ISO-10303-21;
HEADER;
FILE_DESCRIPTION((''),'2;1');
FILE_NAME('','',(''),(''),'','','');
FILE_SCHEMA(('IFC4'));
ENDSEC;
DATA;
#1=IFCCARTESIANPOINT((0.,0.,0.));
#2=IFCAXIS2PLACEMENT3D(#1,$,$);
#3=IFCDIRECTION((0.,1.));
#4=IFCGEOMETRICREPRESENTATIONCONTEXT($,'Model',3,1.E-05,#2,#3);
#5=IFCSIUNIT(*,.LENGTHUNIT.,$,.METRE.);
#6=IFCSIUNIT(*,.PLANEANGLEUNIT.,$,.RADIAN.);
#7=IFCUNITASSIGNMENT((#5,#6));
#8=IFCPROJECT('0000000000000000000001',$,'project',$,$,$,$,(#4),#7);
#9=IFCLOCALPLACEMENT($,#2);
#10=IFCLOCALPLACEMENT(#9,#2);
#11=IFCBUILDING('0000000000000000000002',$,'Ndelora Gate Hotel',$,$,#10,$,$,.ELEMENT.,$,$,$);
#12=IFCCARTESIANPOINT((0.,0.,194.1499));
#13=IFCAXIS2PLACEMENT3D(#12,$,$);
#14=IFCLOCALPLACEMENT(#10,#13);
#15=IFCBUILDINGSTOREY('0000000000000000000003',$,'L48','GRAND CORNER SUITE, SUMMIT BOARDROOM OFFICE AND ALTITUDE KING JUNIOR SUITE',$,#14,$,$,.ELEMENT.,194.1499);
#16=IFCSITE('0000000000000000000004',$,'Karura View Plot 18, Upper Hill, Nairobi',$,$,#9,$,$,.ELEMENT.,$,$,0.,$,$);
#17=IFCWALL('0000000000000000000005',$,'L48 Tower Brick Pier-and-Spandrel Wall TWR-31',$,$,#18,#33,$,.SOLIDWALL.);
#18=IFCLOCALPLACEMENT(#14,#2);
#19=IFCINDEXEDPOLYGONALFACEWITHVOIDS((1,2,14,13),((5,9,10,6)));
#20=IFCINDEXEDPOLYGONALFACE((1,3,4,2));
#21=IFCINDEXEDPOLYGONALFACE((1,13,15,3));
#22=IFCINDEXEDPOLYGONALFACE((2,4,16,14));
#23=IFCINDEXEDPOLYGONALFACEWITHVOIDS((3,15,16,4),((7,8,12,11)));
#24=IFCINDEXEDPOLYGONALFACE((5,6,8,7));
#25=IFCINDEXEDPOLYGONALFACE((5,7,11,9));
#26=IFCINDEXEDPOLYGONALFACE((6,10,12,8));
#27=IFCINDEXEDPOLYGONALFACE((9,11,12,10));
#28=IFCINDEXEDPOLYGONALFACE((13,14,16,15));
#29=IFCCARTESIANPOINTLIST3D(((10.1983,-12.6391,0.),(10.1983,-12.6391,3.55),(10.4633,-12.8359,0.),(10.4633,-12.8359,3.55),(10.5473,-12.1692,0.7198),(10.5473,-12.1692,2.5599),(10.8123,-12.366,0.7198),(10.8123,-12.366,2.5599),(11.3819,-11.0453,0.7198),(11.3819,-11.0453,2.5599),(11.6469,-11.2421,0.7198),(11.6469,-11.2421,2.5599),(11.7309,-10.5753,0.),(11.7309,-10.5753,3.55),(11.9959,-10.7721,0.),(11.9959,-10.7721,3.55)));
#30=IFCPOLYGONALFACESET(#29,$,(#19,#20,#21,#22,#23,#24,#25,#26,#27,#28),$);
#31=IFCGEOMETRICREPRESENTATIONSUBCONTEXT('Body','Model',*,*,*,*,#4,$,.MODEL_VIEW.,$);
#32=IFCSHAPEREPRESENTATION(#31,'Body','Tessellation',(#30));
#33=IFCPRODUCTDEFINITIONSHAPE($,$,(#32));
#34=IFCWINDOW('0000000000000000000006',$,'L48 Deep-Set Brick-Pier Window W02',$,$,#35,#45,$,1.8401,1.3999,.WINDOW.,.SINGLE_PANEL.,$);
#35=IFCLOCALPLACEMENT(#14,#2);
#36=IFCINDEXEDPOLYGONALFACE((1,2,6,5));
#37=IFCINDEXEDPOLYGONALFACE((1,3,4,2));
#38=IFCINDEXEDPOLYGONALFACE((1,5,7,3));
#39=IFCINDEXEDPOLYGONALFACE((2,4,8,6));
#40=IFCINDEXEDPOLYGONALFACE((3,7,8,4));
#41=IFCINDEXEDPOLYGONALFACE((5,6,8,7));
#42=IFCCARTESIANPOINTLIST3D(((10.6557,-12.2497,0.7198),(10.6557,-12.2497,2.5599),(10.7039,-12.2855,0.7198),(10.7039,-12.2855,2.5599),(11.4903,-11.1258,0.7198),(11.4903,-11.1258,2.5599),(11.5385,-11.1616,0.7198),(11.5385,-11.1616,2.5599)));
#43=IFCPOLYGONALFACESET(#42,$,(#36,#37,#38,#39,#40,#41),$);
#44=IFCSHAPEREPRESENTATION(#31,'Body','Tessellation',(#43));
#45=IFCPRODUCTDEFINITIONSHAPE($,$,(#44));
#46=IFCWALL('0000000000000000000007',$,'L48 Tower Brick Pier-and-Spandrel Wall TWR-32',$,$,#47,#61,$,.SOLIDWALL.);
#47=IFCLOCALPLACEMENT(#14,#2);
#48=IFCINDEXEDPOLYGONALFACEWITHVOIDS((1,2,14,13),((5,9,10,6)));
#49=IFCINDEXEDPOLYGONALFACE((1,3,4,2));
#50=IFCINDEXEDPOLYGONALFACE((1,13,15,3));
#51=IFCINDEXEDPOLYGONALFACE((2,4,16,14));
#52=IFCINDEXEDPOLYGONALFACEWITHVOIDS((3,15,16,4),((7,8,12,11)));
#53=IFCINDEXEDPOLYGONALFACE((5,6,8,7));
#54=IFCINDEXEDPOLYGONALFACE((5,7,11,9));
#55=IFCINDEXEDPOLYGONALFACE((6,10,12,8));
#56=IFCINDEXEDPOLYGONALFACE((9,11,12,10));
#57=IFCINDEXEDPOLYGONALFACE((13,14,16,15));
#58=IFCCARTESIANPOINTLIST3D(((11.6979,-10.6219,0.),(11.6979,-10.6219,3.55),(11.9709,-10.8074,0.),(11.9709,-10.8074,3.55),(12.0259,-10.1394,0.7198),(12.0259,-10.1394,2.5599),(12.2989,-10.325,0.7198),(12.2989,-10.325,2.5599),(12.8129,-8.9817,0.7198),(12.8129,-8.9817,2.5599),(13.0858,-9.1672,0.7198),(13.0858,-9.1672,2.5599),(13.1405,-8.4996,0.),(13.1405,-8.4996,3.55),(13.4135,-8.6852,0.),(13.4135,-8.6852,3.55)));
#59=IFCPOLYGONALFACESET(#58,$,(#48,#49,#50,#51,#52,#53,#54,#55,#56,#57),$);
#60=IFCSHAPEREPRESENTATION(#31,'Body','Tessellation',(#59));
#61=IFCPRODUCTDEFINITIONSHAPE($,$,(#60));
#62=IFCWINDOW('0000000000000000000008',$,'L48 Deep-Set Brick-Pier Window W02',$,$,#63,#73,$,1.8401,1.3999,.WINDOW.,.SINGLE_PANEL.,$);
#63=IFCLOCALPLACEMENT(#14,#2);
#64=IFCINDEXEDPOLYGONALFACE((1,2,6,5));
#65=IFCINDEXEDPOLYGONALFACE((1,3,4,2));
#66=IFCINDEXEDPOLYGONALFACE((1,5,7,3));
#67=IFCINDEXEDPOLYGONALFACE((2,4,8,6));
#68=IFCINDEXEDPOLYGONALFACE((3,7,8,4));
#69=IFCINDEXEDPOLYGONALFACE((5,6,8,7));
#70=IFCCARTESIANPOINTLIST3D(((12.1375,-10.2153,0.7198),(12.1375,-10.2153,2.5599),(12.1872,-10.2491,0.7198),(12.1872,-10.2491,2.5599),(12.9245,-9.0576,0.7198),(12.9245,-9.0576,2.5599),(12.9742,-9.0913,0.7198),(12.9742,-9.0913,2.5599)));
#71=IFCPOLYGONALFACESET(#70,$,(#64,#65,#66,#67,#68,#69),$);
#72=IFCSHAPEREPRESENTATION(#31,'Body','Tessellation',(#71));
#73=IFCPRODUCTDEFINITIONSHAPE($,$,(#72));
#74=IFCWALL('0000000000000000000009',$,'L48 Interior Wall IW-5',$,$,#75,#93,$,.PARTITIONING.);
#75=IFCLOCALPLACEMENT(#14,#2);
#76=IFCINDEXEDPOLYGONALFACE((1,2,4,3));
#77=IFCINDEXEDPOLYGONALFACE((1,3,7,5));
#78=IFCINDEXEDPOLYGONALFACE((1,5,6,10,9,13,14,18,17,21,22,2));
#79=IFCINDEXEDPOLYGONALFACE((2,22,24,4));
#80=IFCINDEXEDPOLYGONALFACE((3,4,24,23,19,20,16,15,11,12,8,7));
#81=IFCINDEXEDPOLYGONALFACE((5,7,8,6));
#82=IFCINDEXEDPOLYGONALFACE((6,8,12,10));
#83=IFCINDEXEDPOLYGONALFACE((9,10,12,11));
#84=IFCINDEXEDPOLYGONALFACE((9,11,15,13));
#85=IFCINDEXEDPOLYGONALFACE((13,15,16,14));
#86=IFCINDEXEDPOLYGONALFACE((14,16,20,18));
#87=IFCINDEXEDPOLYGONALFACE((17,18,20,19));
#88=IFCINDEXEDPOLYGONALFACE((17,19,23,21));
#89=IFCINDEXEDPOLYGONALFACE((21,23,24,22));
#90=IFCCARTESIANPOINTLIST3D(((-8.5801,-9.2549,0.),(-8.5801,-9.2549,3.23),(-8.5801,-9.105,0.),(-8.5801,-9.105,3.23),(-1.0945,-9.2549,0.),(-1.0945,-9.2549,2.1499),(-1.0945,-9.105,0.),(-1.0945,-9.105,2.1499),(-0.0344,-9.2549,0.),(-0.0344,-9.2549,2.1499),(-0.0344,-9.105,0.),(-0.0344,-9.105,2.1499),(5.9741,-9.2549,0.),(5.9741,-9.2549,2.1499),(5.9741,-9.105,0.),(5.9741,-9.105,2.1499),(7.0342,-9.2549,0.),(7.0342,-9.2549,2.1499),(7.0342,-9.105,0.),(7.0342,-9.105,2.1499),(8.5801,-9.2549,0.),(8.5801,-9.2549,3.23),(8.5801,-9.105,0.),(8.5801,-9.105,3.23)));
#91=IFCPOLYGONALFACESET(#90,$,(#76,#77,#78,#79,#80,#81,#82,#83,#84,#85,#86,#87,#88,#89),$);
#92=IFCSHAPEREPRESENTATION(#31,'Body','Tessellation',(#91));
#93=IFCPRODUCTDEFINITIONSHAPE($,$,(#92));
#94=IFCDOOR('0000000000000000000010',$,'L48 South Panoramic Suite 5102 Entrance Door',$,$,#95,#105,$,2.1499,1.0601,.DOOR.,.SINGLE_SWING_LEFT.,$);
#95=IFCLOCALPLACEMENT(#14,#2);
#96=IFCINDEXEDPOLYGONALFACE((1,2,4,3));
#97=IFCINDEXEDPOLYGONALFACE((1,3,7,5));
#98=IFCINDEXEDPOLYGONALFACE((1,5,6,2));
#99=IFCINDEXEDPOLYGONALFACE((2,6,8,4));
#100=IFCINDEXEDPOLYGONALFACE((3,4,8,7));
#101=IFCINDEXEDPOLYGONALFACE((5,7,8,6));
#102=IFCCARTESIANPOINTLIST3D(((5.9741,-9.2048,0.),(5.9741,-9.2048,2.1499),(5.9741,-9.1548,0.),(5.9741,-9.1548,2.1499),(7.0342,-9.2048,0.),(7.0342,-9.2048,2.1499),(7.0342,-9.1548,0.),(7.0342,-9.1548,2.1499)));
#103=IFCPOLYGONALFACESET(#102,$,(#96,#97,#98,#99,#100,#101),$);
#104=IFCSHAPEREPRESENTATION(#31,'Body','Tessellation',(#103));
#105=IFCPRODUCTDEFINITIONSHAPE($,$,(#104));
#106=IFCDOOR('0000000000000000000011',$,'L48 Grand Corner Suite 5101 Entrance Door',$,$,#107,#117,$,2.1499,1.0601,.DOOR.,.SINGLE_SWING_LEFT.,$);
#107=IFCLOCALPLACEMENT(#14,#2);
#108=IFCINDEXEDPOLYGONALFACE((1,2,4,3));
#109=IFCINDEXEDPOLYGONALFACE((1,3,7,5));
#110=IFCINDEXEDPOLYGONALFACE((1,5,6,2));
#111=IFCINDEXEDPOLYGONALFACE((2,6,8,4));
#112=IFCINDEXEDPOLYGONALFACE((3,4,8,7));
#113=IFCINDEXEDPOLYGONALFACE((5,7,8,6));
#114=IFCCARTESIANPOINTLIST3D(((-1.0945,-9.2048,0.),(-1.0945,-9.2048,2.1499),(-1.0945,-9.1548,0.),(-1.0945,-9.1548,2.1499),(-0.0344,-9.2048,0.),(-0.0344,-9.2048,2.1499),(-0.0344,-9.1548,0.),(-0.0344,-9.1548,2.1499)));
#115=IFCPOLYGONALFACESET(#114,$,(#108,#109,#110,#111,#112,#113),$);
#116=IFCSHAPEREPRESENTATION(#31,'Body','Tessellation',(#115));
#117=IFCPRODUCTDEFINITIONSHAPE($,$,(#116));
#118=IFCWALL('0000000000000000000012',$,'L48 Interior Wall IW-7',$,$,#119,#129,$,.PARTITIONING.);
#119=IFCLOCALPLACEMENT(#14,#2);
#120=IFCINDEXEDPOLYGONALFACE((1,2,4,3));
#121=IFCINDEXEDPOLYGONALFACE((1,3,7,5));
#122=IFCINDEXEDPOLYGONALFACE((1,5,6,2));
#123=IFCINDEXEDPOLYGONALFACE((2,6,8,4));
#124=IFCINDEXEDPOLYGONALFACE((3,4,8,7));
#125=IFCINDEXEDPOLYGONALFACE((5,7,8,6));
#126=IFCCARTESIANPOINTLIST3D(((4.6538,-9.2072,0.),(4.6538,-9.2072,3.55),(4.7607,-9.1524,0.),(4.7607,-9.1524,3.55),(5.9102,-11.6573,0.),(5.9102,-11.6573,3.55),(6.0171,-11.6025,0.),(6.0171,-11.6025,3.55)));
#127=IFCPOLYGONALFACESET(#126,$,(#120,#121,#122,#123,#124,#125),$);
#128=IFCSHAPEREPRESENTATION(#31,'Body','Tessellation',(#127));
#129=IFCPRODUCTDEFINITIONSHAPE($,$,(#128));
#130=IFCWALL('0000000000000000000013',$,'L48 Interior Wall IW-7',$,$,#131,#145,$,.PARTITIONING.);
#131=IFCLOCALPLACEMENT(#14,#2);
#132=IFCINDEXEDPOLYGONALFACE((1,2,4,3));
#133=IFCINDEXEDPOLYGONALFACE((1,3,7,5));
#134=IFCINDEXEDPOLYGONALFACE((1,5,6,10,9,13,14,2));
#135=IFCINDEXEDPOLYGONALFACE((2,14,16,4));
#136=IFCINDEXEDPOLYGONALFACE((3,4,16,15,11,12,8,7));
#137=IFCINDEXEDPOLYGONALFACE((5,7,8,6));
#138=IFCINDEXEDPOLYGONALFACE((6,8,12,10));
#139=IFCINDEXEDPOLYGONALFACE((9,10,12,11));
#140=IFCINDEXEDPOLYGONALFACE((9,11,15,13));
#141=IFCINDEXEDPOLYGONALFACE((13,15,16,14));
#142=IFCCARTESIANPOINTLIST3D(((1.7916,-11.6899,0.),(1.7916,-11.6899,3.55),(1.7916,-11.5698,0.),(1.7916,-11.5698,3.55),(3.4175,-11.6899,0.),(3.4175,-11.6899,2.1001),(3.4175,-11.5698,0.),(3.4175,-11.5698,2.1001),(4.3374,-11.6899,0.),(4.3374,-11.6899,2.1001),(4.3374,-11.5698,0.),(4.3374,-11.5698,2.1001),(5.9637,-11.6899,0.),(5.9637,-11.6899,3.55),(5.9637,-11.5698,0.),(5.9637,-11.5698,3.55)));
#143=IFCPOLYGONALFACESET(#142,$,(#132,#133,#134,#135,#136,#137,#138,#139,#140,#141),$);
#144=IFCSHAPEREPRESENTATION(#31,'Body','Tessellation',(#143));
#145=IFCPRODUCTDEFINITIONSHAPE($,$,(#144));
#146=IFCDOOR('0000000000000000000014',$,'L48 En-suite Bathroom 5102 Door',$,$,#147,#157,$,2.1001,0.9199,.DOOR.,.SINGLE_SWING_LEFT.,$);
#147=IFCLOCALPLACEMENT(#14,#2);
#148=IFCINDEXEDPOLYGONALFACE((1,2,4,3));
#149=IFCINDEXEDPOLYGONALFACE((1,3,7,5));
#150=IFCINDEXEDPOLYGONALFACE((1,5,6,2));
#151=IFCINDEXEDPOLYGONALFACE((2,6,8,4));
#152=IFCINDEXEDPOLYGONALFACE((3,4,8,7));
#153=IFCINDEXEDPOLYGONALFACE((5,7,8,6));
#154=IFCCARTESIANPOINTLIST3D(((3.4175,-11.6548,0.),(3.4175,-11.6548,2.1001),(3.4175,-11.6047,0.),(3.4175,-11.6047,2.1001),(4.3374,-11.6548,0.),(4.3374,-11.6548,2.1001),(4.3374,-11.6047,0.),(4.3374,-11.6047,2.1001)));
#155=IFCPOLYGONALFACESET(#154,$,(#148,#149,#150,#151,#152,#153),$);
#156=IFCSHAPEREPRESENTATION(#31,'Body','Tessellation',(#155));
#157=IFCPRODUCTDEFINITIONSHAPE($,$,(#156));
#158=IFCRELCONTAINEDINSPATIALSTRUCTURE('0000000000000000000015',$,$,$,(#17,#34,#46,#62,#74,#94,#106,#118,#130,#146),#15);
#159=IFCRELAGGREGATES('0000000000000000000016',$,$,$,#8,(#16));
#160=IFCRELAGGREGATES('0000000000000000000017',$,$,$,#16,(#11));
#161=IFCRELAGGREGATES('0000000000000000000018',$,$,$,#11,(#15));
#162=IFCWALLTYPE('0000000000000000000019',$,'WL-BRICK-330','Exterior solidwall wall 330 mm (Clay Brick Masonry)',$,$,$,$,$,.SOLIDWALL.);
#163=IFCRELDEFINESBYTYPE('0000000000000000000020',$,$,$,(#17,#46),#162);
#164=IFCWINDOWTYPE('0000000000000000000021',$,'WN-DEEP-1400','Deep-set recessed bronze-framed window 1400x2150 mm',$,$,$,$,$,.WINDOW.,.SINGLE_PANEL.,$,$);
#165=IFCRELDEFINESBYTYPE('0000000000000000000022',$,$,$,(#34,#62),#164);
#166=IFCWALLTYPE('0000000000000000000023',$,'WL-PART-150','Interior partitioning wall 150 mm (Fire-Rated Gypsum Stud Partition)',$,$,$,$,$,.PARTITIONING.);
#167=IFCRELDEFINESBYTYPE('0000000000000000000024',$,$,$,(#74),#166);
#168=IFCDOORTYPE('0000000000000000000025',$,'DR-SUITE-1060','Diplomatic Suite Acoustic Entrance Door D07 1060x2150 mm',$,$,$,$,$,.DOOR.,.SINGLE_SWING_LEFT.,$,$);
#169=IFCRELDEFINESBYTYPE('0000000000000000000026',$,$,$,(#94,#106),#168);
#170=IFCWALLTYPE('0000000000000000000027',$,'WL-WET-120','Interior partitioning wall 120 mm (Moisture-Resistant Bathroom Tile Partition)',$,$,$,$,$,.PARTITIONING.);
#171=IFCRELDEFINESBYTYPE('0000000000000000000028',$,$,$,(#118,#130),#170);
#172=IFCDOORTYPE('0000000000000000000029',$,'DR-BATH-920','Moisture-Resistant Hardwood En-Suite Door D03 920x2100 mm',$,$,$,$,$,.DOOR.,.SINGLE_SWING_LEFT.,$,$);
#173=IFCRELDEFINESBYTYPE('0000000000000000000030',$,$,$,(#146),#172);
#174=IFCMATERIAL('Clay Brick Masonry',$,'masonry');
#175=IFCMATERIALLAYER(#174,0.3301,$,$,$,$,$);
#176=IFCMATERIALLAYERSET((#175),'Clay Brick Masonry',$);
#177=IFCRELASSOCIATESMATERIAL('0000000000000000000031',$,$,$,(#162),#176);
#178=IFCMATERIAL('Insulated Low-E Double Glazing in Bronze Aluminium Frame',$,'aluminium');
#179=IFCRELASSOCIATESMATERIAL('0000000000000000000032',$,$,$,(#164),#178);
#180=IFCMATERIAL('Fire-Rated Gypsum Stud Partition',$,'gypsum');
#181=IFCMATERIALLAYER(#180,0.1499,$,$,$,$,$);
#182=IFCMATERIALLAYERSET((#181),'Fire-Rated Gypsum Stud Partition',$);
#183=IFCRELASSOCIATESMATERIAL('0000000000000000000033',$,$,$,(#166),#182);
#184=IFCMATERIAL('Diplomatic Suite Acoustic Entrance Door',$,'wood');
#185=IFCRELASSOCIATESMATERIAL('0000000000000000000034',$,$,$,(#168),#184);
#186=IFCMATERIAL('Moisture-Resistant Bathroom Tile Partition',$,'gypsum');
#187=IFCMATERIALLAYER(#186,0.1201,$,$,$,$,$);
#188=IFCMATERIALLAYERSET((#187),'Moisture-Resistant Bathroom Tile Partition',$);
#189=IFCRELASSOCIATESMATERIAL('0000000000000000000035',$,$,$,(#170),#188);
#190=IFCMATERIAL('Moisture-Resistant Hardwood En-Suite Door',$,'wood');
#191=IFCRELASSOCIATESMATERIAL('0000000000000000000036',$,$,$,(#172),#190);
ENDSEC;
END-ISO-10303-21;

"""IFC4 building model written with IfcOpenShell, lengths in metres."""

from ifc_helpers import new_model, si_unit, direction, frame, frame_2d, origin, place, context, subcontext, project, spatial, rectangle, extrude, material, layer, layer_set, type_object, element, fill, save


model = new_model("IFC4")

# Units and contexts
model_context = context("Model", 3, precision=1e-05, world=origin(), true_north=direction((0.0, 1.0)))
body_context = subcontext(model_context, "Body", "Model", "MODEL_VIEW")
ifc_project = project(units=[si_unit("LENGTHUNIT", "METRE"), si_unit("PLANEANGLEUNIT", "RADIAN")], contexts=[model_context])

# Site, building, storey
site_placement = place(None, origin())
site = spatial("IfcSite", under=ifc_project, at=site_placement, Name="Karura View Plot 18, Upper Hill, Nairobi", CompositionType="ELEMENT", RefElevation=0.0)
building_placement = place(site_placement, origin())
building = spatial("IfcBuilding", under=site, at=building_placement, Name="Ndelora Gate Hotel", CompositionType="ELEMENT")
storey_placement = place(building_placement, frame((0.0, 0.0, 194.1499)))
storey = spatial("IfcBuildingStorey", under=building, at=storey_placement, Name="L48", Description="GRAND CORNER SUITE, SUMMIT BOARDROOM OFFICE AND ALTITUDE KING JUNIOR SUITE", CompositionType="ELEMENT", Elevation=194.1499)

# Walls, openings, windows
ifc_material_1 = material(Name="Clay Brick Masonry", Category="masonry")
ifc_layer_1 = layer(ifc_material_1, 0.3301)
ifc_layer_set_1 = layer_set([ifc_layer_1], Name="Clay Brick Masonry")
wall_type_1 = type_object("IfcWallType", Name="WL-BRICK-330", Description="Exterior solidwall wall 330 mm (Clay Brick Masonry)", PredefinedType="SOLIDWALL", material=ifc_layer_set_1)
ifc_material_2 = material(Name="Insulated Low-E Double Glazing in Bronze Aluminium Frame", Category="aluminium")
window_type = type_object("IfcWindowType", Name="WN-DEEP-1400", Description="Deep-set recessed bronze-framed window 1400x2150 mm", PartitioningType="SINGLE_PANEL", PredefinedType="WINDOW", material=ifc_material_2)
wall_1_placement = place(storey_placement, frame((11.8633, -10.6738, 0.0), z_axis=(0.0, 0.0, 1.0), x_axis=(-0.596179, -0.802852, 0.0)))
wall_1 = element("IfcWall", 1, at=wall_1_placement, inside=storey, type_object=wall_type_1, Name="L48 Tower Brick Pier-and-Spandrel Wall TWR-31", PredefinedType="SOLIDWALL", context=body_context, shape_type="SweptSolid", body=[
    extrude(rectangle(XDim=2.5706, YDim=0.3301, at=frame_2d((1.2852, 0.0))), origin(), (0.0, 0.0, 1.0), 3.55),
])
opening_1_placement = place(wall_1_placement, frame((0.5852, 0.0, 0.72)))
opening_1 = element("IfcOpeningElement", 2, at=opening_1_placement, cuts=wall_1, PredefinedType="OPENING", context=body_context, shape_type="SweptSolid", body=[
    extrude(rectangle(XDim=1.3999, YDim=1.8401, at=frame_2d((0.7, 0.9199))), frame((0.0, 0.175, 0.0), z_axis=(0.0, -1.0, 0.0), x_axis=(1.0, 0.0, 0.0)), (0.0, 0.0, 1.0), 0.3501),
])
window_1_placement = place(opening_1_placement, origin())
window_1 = element("IfcWindow", 3, at=window_1_placement, inside=storey, type_object=window_type, Name="L48 Deep-Set Brick-Pier Window W02", OverallHeight=1.8401, OverallWidth=1.3999, PartitioningType="SINGLE_PANEL", PredefinedType="WINDOW", context=body_context, shape_type="SweptSolid", body=[
    extrude(rectangle(XDim=1.3999, YDim=1.8401, at=frame_2d((0.7, 0.9199))), frame((0.0, 0.03, 0.0), z_axis=(0.0, -1.0, 0.0), x_axis=(1.0, 0.0, 0.0)), (0.0, 0.0, 1.0), 0.0601),
])
fill(opening_1, window_1)
wall_2_placement = place(storey_placement, frame((13.2771, -8.5923, 0.0), z_axis=(0.0, 0.0, 1.0), x_axis=(-0.562164, -0.827026, 0.0)))
wall_2 = element("IfcWall", 4, at=wall_2_placement, inside=storey, type_object=wall_type_1, Name="L48 Tower Brick Pier-and-Spandrel Wall TWR-32", PredefinedType="SOLIDWALL", context=body_context, shape_type="SweptSolid", body=[
    extrude(rectangle(XDim=2.5662, YDim=0.3301, at=frame_2d((1.2832, 0.0))), origin(), (0.0, 0.0, 1.0), 3.55),
])
opening_2_placement = place(wall_2_placement, frame((0.583, 0.0, 0.72)))
opening_2 = element("IfcOpeningElement", 5, at=opening_2_placement, cuts=wall_2, PredefinedType="OPENING", context=body_context, shape_type="SweptSolid", body=[
    extrude(rectangle(XDim=1.3999, YDim=1.8401, at=frame_2d((0.7, 0.9199))), frame((0.0, 0.175, 0.0), z_axis=(0.0, -1.0, 0.0), x_axis=(1.0, 0.0, 0.0)), (0.0, 0.0, 1.0), 0.3501),
])
window_2_placement = place(opening_2_placement, origin())
window_2 = element("IfcWindow", 6, at=window_2_placement, inside=storey, type_object=window_type, Name="L48 Deep-Set Brick-Pier Window W02", OverallHeight=1.8401, OverallWidth=1.3999, PartitioningType="SINGLE_PANEL", PredefinedType="WINDOW", context=body_context, shape_type="SweptSolid", body=[
    extrude(rectangle(XDim=1.3999, YDim=1.8401, at=frame_2d((0.7, 0.9199))), frame((0.0, 0.03, 0.0), z_axis=(0.0, -1.0, 0.0), x_axis=(1.0, 0.0, 0.0)), (0.0, 0.0, 1.0), 0.0601),
])
fill(opening_2, window_2)

# Wall, openings, doors
ifc_material_3 = material(Name="Fire-Rated Gypsum Stud Partition", Category="gypsum")
ifc_layer_2 = layer(ifc_material_3, 0.1499)
ifc_layer_set_2 = layer_set([ifc_layer_2], Name="Fire-Rated Gypsum Stud Partition")
wall_type_2 = type_object("IfcWallType", Name="WL-PART-150", Description="Interior partitioning wall 150 mm (Fire-Rated Gypsum Stud Partition)", PredefinedType="PARTITIONING", material=ifc_layer_set_2)
wall_3_placement = place(storey_placement, frame((8.5801, -9.1799, 0.0), z_axis=(0.0, 0.0, 1.0), x_axis=(-1.0, 0.0, 0.0)))
wall_3 = element("IfcWall", 7, at=wall_3_placement, inside=storey, type_object=wall_type_2, Name="L48 Interior Wall IW-5", PredefinedType="PARTITIONING", context=body_context, shape_type="SweptSolid", body=[
    extrude(rectangle(XDim=17.1602, YDim=0.1499, at=frame_2d((8.5801, 0.0))), origin(), (0.0, 0.0, 1.0), 3.23),
])
opening_3_placement = place(wall_3_placement, frame((1.5459, 0.0, 0.0)))
opening_3 = element("IfcOpeningElement", 8, at=opening_3_placement, cuts=wall_3, PredefinedType="OPENING", context=body_context, shape_type="SweptSolid", body=[
    extrude(rectangle(XDim=1.0601, YDim=2.1499, at=frame_2d((0.53, 1.075))), frame((0.0, 0.085, 0.0), z_axis=(0.0, -1.0, 0.0), x_axis=(1.0, 0.0, 0.0)), (0.0, 0.0, 1.0), 0.1699),
])
opening_4_placement = place(wall_3_placement, frame((8.6145, 0.0, 0.0)))
opening_4 = element("IfcOpeningElement", 9, at=opening_4_placement, cuts=wall_3, PredefinedType="OPENING", context=body_context, shape_type="SweptSolid", body=[
    extrude(rectangle(XDim=1.0601, YDim=2.1499, at=frame_2d((0.53, 1.075))), frame((0.0, 0.085, 0.0), z_axis=(0.0, -1.0, 0.0), x_axis=(1.0, 0.0, 0.0)), (0.0, 0.0, 1.0), 0.1699),
])
ifc_material_4 = material(Name="Diplomatic Suite Acoustic Entrance Door", Category="wood")
door_type_1 = type_object("IfcDoorType", Name="DR-SUITE-1060", Description="Diplomatic Suite Acoustic Entrance Door D07 1060x2150 mm", OperationType="SINGLE_SWING_LEFT", PredefinedType="DOOR", material=ifc_material_4)
door_1_placement = place(opening_3_placement, origin())
door_1 = element("IfcDoor", 10, at=door_1_placement, inside=storey, type_object=door_type_1, Name="L48 South Panoramic Suite 5102 Entrance Door", OperationType="SINGLE_SWING_LEFT", OverallHeight=2.1499, OverallWidth=1.0601, PredefinedType="DOOR", context=body_context, shape_type="SweptSolid", body=[
    extrude(rectangle(XDim=1.0601, YDim=2.1499, at=frame_2d((0.53, 1.075))), frame((0.0, 0.0249, 0.0), z_axis=(0.0, -1.0, 0.0), x_axis=(1.0, 0.0, 0.0)), (0.0, 0.0, 1.0), 0.05),
])
fill(opening_3, door_1)
door_2_placement = place(opening_4_placement, origin())
door_2 = element("IfcDoor", 11, at=door_2_placement, inside=storey, type_object=door_type_1, Name="L48 Grand Corner Suite 5101 Entrance Door", OperationType="SINGLE_SWING_LEFT", OverallHeight=2.1499, OverallWidth=1.0601, PredefinedType="DOOR", context=body_context, shape_type="SweptSolid", body=[
    extrude(rectangle(XDim=1.0601, YDim=2.1499, at=frame_2d((0.53, 1.075))), frame((0.0, 0.0249, 0.0), z_axis=(0.0, -1.0, 0.0), x_axis=(1.0, 0.0, 0.0)), (0.0, 0.0, 1.0), 0.05),
])
fill(opening_4, door_2)

# Wall
ifc_material_5 = material(Name="Moisture-Resistant Bathroom Tile Partition", Category="gypsum")
ifc_layer_3 = layer(ifc_material_5, 0.1201)
ifc_layer_set_3 = layer_set([ifc_layer_3], Name="Moisture-Resistant Bathroom Tile Partition")
wall_type_3 = type_object("IfcWallType", Name="WL-WET-120", Description="Interior partitioning wall 120 mm (Moisture-Resistant Bathroom Tile Partition)", PredefinedType="PARTITIONING", material=ifc_layer_set_3)
wall_4_placement = place(storey_placement, frame((5.9636, -11.6299, 0.0), z_axis=(0.0, 0.0, 1.0), x_axis=(-0.456306, 0.889823, 0.0)))
element("IfcWall", 12, at=wall_4_placement, inside=storey, type_object=wall_type_3, Name="L48 Interior Wall IW-7", PredefinedType="PARTITIONING", context=body_context, shape_type="SweptSolid", body=[
    extrude(rectangle(XDim=2.7534, YDim=0.1201, at=frame_2d((1.3767, 0.0))), origin(), (0.0, 0.0, 1.0), 3.55),
])

# Wall, opening, door
wall_5_placement = place(storey_placement, frame((5.9636, -11.6299, 0.0), z_axis=(0.0, 0.0, 1.0), x_axis=(-1.0, 0.0, 0.0)))
wall_5 = element("IfcWall", 13, at=wall_5_placement, inside=storey, type_object=wall_type_3, Name="L48 Interior Wall IW-7", PredefinedType="PARTITIONING", context=body_context, shape_type="SweptSolid", body=[
    extrude(rectangle(XDim=4.1721, YDim=0.1201, at=frame_2d((2.0859, 0.0))), origin(), (0.0, 0.0, 1.0), 3.55),
])
opening_5_placement = place(wall_5_placement, frame((1.6262, 0.0, 0.0)))
opening_5 = element("IfcOpeningElement", 14, at=opening_5_placement, cuts=wall_5, PredefinedType="OPENING", context=body_context, shape_type="SweptSolid", body=[
    extrude(rectangle(XDim=0.9199, YDim=2.1001, at=frame_2d((0.46, 1.05))), frame((0.0, 0.0701, 0.0), z_axis=(0.0, -1.0, 0.0), x_axis=(1.0, 0.0, 0.0)), (0.0, 0.0, 1.0), 0.1401),
])
ifc_material_6 = material(Name="Moisture-Resistant Hardwood En-Suite Door", Category="wood")
door_type_2 = type_object("IfcDoorType", Name="DR-BATH-920", Description="Moisture-Resistant Hardwood En-Suite Door D03 920x2100 mm", OperationType="SINGLE_SWING_LEFT", PredefinedType="DOOR", material=ifc_material_6)
door_3_placement = place(opening_5_placement, origin())
door_3 = element("IfcDoor", 15, at=door_3_placement, inside=storey, type_object=door_type_2, Name="L48 En-suite Bathroom 5102 Door", OperationType="SINGLE_SWING_LEFT", OverallHeight=2.1001, OverallWidth=0.9199, PredefinedType="DOOR", context=body_context, shape_type="SweptSolid", body=[
    extrude(rectangle(XDim=0.9199, YDim=2.1001, at=frame_2d((0.46, 1.05))), frame((0.0, 0.0249, 0.0), z_axis=(0.0, -1.0, 0.0), x_axis=(1.0, 0.0, 0.0)), (0.0, 0.0, 1.0), 0.05),
])
fill(opening_5, door_3)

save(model, "model.ifc")
